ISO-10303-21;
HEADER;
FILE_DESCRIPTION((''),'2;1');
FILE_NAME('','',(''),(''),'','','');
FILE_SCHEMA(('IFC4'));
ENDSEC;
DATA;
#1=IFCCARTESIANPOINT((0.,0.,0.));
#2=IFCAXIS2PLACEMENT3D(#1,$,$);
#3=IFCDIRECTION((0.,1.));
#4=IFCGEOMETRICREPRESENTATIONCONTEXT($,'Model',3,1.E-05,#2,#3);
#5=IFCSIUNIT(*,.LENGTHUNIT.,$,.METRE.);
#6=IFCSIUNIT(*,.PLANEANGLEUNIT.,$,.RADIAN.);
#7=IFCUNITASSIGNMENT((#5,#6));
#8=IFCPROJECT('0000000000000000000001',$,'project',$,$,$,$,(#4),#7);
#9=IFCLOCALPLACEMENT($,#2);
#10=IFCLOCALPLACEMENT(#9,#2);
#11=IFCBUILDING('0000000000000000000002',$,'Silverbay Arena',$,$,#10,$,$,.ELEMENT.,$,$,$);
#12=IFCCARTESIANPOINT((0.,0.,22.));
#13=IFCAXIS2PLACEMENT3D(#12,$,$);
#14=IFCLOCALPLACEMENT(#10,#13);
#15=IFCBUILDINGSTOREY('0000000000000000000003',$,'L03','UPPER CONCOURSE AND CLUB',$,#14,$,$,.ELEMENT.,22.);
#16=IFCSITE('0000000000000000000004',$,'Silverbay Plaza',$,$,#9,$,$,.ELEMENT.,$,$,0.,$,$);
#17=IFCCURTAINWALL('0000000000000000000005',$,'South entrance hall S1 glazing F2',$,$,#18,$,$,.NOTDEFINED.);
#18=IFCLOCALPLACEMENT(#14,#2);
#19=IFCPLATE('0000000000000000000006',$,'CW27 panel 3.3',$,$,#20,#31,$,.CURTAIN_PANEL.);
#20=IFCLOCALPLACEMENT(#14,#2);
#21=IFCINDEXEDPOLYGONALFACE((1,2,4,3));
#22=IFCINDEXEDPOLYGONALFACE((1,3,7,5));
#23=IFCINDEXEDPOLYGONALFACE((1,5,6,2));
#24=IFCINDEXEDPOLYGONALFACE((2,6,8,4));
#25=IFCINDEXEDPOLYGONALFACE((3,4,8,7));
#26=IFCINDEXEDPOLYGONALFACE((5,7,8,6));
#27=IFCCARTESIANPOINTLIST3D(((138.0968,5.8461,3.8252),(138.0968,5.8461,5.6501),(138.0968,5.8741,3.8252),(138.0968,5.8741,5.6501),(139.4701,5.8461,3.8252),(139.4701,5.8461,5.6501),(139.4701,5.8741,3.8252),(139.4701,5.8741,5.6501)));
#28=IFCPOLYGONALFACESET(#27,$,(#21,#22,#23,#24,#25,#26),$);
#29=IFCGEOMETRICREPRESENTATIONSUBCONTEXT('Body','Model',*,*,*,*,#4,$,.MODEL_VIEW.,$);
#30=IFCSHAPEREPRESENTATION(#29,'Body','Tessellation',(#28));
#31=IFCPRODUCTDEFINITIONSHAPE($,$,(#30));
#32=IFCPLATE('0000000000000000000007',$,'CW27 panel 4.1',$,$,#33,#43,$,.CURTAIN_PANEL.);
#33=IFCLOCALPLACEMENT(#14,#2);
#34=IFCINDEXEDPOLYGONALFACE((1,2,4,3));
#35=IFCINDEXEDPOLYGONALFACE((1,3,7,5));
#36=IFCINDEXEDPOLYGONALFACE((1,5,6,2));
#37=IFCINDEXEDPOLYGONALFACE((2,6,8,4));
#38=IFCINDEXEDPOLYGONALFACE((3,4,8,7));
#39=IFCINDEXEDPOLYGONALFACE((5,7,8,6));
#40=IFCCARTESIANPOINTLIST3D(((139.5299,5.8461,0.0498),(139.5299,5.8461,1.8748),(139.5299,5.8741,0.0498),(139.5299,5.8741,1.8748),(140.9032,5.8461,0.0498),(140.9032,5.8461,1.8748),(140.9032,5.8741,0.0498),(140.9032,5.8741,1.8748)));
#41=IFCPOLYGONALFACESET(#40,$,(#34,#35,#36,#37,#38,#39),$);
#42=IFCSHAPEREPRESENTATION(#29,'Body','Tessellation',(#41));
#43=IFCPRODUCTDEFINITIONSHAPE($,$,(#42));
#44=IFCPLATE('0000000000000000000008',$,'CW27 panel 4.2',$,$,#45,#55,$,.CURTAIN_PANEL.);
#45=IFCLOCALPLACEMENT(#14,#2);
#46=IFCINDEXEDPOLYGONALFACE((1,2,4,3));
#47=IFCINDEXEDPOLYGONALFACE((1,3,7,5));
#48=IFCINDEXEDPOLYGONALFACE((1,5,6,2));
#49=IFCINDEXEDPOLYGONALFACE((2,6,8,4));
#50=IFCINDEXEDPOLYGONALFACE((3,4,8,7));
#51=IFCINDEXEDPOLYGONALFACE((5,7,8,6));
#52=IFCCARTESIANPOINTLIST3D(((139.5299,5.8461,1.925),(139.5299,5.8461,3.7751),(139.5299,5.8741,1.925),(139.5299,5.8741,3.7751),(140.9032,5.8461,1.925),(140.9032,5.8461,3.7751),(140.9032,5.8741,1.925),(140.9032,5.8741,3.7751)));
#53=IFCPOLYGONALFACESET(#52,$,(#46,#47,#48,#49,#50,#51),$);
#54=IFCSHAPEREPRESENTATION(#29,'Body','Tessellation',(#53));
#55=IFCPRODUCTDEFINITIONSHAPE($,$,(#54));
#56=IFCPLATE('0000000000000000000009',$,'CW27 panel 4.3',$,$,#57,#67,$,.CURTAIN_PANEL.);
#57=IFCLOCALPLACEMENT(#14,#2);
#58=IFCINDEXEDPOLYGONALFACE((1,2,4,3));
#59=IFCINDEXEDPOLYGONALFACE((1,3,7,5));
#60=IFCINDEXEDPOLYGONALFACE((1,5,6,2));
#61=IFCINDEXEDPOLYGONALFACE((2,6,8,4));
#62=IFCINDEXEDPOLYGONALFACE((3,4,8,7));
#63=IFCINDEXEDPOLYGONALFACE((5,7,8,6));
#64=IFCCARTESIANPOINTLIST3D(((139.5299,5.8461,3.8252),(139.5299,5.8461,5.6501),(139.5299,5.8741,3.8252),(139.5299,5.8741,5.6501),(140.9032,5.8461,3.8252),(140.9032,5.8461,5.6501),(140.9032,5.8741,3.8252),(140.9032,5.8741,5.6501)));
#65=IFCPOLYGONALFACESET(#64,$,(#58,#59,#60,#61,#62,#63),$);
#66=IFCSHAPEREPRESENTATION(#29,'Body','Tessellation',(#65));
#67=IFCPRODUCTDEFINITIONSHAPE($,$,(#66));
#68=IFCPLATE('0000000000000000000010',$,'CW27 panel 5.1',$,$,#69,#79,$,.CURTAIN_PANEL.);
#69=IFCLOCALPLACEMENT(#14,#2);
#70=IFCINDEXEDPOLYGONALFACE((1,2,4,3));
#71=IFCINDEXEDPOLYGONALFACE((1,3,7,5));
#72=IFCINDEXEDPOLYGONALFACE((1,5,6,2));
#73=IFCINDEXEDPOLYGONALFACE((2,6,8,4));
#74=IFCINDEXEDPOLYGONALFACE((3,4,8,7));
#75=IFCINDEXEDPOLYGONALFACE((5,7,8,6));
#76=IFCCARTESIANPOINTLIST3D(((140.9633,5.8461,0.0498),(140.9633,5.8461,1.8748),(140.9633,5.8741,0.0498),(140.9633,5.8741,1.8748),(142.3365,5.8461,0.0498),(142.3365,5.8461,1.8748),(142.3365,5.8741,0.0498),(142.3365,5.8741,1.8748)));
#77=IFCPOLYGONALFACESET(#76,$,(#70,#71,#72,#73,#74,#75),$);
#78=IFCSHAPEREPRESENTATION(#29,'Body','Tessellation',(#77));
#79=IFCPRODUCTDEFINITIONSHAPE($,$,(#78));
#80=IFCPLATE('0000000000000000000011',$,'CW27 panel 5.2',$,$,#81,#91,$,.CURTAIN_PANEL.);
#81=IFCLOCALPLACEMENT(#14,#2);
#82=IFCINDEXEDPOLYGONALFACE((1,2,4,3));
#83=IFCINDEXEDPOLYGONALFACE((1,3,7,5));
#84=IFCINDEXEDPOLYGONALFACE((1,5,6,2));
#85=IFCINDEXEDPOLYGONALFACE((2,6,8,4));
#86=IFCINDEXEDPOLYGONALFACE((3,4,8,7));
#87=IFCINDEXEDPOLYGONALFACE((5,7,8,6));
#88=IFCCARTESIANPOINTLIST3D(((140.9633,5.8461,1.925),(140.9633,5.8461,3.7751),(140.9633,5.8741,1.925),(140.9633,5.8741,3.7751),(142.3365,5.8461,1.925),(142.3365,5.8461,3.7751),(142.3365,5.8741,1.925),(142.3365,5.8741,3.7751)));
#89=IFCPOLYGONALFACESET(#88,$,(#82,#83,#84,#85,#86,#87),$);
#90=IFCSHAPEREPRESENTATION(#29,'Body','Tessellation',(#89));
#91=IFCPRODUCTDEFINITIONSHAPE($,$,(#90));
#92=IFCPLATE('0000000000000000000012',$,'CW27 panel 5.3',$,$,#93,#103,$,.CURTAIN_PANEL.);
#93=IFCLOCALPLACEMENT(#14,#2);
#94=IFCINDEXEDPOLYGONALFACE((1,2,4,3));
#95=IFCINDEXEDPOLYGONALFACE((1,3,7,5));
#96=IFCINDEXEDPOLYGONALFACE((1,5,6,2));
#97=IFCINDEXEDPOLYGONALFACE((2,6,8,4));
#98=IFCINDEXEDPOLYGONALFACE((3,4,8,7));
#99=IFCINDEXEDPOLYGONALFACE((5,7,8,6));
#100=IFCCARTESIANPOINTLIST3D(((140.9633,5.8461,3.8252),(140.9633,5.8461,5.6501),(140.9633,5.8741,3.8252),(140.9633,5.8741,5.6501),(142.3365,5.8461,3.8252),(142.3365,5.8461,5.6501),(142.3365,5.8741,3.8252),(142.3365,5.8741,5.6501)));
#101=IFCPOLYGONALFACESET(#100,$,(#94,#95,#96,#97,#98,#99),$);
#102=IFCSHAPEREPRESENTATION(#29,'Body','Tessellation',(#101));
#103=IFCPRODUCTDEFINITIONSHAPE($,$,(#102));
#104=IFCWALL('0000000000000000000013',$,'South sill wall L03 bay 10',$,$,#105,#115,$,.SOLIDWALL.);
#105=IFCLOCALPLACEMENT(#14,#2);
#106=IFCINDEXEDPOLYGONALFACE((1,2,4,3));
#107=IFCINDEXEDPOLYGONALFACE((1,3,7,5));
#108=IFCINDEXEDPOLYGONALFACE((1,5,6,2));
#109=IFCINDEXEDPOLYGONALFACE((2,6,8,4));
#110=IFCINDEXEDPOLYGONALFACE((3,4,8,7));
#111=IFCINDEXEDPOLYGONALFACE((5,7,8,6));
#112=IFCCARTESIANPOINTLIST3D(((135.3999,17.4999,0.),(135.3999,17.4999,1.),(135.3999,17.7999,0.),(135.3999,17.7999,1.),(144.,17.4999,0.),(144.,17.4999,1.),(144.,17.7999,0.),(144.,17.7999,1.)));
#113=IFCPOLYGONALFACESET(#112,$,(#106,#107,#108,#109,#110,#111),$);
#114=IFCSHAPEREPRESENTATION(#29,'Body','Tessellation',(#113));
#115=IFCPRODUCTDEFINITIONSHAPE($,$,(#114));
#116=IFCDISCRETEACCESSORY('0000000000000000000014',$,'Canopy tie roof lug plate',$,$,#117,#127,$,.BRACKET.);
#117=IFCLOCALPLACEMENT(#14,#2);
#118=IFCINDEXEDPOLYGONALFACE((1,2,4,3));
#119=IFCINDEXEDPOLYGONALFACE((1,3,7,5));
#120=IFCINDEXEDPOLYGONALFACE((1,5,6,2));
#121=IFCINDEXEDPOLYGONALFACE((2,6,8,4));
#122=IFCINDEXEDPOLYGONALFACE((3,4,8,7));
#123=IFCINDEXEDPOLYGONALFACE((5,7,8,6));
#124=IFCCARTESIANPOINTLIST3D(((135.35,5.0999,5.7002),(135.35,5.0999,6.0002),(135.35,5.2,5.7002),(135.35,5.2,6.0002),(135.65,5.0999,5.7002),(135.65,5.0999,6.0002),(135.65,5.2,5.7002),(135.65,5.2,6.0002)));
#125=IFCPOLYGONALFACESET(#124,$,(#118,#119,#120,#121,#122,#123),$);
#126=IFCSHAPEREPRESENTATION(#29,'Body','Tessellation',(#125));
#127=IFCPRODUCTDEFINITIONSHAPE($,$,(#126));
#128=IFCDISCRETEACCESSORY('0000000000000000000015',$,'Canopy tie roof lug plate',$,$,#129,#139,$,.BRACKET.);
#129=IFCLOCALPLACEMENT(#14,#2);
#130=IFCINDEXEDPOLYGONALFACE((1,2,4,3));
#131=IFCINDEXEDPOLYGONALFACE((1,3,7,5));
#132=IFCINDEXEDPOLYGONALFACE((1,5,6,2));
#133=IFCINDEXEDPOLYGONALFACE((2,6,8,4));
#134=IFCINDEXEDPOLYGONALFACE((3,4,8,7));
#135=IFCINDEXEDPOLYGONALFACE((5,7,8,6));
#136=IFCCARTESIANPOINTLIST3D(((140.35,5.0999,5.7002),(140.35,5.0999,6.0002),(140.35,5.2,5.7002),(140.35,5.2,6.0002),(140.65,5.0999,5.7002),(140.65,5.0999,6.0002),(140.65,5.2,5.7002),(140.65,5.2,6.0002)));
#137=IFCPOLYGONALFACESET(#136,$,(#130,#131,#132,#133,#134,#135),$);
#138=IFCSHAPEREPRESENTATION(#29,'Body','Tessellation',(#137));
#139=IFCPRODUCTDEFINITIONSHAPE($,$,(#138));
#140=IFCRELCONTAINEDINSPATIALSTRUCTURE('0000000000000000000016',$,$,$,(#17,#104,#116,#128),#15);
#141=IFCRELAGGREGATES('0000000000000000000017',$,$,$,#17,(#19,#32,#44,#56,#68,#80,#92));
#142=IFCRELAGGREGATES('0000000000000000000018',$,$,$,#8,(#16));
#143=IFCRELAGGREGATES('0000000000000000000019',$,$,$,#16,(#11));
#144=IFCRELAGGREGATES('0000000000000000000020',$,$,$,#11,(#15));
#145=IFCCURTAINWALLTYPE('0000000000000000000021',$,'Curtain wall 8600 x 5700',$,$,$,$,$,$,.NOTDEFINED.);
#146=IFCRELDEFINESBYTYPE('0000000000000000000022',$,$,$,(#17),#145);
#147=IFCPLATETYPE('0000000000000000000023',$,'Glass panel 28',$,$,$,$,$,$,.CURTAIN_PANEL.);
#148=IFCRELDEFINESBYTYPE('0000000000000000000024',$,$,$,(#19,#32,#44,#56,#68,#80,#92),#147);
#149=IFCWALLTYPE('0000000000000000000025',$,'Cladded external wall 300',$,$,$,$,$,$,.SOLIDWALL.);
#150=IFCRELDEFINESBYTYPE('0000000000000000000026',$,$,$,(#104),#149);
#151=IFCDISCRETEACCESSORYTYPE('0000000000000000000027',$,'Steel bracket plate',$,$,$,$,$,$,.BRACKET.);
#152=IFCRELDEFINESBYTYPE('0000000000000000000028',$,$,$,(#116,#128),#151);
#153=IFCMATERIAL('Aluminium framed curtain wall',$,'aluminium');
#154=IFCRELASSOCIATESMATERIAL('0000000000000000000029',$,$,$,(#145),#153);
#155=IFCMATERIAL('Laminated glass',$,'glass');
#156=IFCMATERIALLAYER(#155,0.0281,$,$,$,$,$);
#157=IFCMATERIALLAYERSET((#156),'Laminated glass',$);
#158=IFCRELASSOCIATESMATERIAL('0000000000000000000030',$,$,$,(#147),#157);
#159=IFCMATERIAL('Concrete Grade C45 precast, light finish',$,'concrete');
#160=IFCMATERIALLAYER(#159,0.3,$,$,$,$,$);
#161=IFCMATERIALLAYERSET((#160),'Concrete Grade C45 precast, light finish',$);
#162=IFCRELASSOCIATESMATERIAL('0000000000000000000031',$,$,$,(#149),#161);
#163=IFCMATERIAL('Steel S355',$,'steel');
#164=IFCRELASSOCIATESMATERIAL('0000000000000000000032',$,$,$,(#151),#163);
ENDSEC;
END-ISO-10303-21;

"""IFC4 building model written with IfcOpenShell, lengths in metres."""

from ifc_helpers import new_model, si_unit, direction, frame, frame_2d, origin, origin_2d, place, context, subcontext, project, spatial, rectangle, extrude, material, layer, layer_set, type_object, element, aggregate, save


model = new_model("IFC4")

# Units and contexts
model_context = context("Model", 3, precision=1e-05, world=origin(), true_north=direction((0.0, 1.0)))
body_context = subcontext(model_context, "Body", "Model", "MODEL_VIEW")
ifc_project = project(units=[si_unit("LENGTHUNIT", "METRE"), si_unit("PLANEANGLEUNIT", "RADIAN")], contexts=[model_context])

# Site, building, storey
site_placement = place(None, origin())
site = spatial("IfcSite", under=ifc_project, at=site_placement, Name="Silverbay Plaza", CompositionType="ELEMENT", RefElevation=0.0)
building_placement = place(site_placement, origin())
building = spatial("IfcBuilding", under=site, at=building_placement, Name="Silverbay Arena", CompositionType="ELEMENT")
storey_placement = place(building_placement, frame((0.0, 0.0, 22.0)))
storey = spatial("IfcBuildingStorey", under=building, at=storey_placement, Name="L03", Description="UPPER CONCOURSE AND CLUB", CompositionType="ELEMENT", Elevation=22.0)

# Curtain wall
ifc_material_1 = material(Name="Aluminium framed curtain wall", Category="aluminium")
curtain_wall_type = type_object("IfcCurtainWallType", Name="Curtain wall 8600 x 5700", PredefinedType="NOTDEFINED", material=ifc_material_1)
curtain_wall_placement = place(storey_placement, origin())
curtain_wall = element("IfcCurtainWall", 1, at=curtain_wall_placement, inside=storey, type_object=curtain_wall_type, Name="South entrance hall S1 glazing F2", PredefinedType="NOTDEFINED")

# Plates
ifc_material_2 = material(Name="Laminated glass", Category="glass")
ifc_layer_1 = layer(ifc_material_2, 0.0281)
ifc_layer_set_1 = layer_set([ifc_layer_1], Name="Laminated glass")
plate_type = type_object("IfcPlateType", Name="Glass panel 28", PredefinedType="CURTAIN_PANEL", material=ifc_layer_set_1)
plate_1_placement = place(storey_placement, frame((138.7834, 5.8601, 3.8252), z_axis=(0.0, 0.0, 1.0), x_axis=(1.0, 0.0, 0.0)))
plate_1 = element("IfcPlate", 2, at=plate_1_placement, type_object=plate_type, Name="CW27 panel 3.3", PredefinedType="CURTAIN_PANEL", context=body_context, shape_type="SweptSolid", body=[
    extrude(rectangle(XDim=1.3733, YDim=0.0281, at=origin_2d()), origin(), (0.0, 0.0, 1.0), 1.825),
])
plate_2_placement = place(storey_placement, frame((140.2166, 5.8601, 0.0498), z_axis=(0.0, 0.0, 1.0), x_axis=(1.0, 0.0, 0.0)))
plate_2 = element("IfcPlate", 3, at=plate_2_placement, type_object=plate_type, Name="CW27 panel 4.1", PredefinedType="CURTAIN_PANEL", context=body_context, shape_type="SweptSolid", body=[
    extrude(rectangle(XDim=1.3733, YDim=0.0281, at=origin_2d()), origin(), (0.0, 0.0, 1.0), 1.825),
])
plate_3_placement = place(storey_placement, frame((140.2166, 5.8601, 1.925), z_axis=(0.0, 0.0, 1.0), x_axis=(1.0, 0.0, 0.0)))
plate_3 = element("IfcPlate", 4, at=plate_3_placement, type_object=plate_type, Name="CW27 panel 4.2", PredefinedType="CURTAIN_PANEL", context=body_context, shape_type="SweptSolid", body=[
    extrude(rectangle(XDim=1.3733, YDim=0.0281, at=origin_2d()), origin(), (0.0, 0.0, 1.0), 1.8501),
])
plate_4_placement = place(storey_placement, frame((140.2166, 5.8601, 3.8252), z_axis=(0.0, 0.0, 1.0), x_axis=(1.0, 0.0, 0.0)))
plate_4 = element("IfcPlate", 5, at=plate_4_placement, type_object=plate_type, Name="CW27 panel 4.3", PredefinedType="CURTAIN_PANEL", context=body_context, shape_type="SweptSolid", body=[
    extrude(rectangle(XDim=1.3733, YDim=0.0281, at=origin_2d()), origin(), (0.0, 0.0, 1.0), 1.825),
])
plate_5_placement = place(storey_placement, frame((141.6499, 5.8601, 0.0498), z_axis=(0.0, 0.0, 1.0), x_axis=(1.0, 0.0, 0.0)))
plate_5 = element("IfcPlate", 6, at=plate_5_placement, type_object=plate_type, Name="CW27 panel 5.1", PredefinedType="CURTAIN_PANEL", context=body_context, shape_type="SweptSolid", body=[
    extrude(rectangle(XDim=1.3733, YDim=0.0281, at=origin_2d()), origin(), (0.0, 0.0, 1.0), 1.825),
])
plate_6_placement = place(storey_placement, frame((141.6499, 5.8601, 1.925), z_axis=(0.0, 0.0, 1.0), x_axis=(1.0, 0.0, 0.0)))
plate_6 = element("IfcPlate", 7, at=plate_6_placement, type_object=plate_type, Name="CW27 panel 5.2", PredefinedType="CURTAIN_PANEL", context=body_context, shape_type="SweptSolid", body=[
    extrude(rectangle(XDim=1.3733, YDim=0.0281, at=origin_2d()), origin(), (0.0, 0.0, 1.0), 1.8501),
])
plate_7_placement = place(storey_placement, frame((141.6499, 5.8601, 3.8252), z_axis=(0.0, 0.0, 1.0), x_axis=(1.0, 0.0, 0.0)))
plate_7 = element("IfcPlate", 8, at=plate_7_placement, type_object=plate_type, Name="CW27 panel 5.3", PredefinedType="CURTAIN_PANEL", context=body_context, shape_type="SweptSolid", body=[
    extrude(rectangle(XDim=1.3733, YDim=0.0281, at=origin_2d()), origin(), (0.0, 0.0, 1.0), 1.825),
])
aggregate(curtain_wall, [plate_1, plate_2, plate_3, plate_4, plate_5, plate_6, plate_7])

# Wall
ifc_material_3 = material(Name="Concrete Grade C45 precast, light finish", Category="concrete")
ifc_layer_2 = layer(ifc_material_3, 0.3)
ifc_layer_set_2 = layer_set([ifc_layer_2], Name="Concrete Grade C45 precast, light finish")
wall_type = type_object("IfcWallType", Name="Cladded external wall 300", PredefinedType="SOLIDWALL", material=ifc_layer_set_2)
wall_placement = place(storey_placement, frame((135.3999, 17.6499, 0.0), z_axis=(0.0, 0.0, 1.0), x_axis=(1.0, 0.0, 0.0)))
element("IfcWall", 9, at=wall_placement, inside=storey, type_object=wall_type, Name="South sill wall L03 bay 10", PredefinedType="SOLIDWALL", context=body_context, shape_type="SweptSolid", body=[
    extrude(rectangle(XDim=8.6001, YDim=0.3, at=frame_2d((4.3, 0.0))), origin(), (0.0, 0.0, 1.0), 1.0),
])

# Discrete accessories
ifc_material_4 = material(Name="Steel S355", Category="steel")
discrete_accessory_type = type_object("IfcDiscreteAccessoryType", Name="Steel bracket plate", PredefinedType="BRACKET", material=ifc_material_4)
for number, where, z_axis, x_axis, name in (
    (10, (135.5, 5.1499, 5.7002), (0.0, 0.0, 1.0), (1.0, 0.0, 0.0), "Canopy tie roof lug plate"),
    (11, (140.5, 5.1499, 5.7002), (0.0, 0.0, 1.0), (1.0, 0.0, 0.0), "Canopy tie roof lug plate"),
):
    element("IfcDiscreteAccessory", number, at=place(storey_placement, frame(where, z_axis=z_axis, x_axis=x_axis)), inside=storey, type_object=discrete_accessory_type, Name=name, PredefinedType="BRACKET", context=body_context, shape_type="SweptSolid", body=[
        extrude(rectangle(XDim=0.3, YDim=0.1001, at=origin_2d()), origin(), (0.0, 0.0, 1.0), 0.3),
    ])

save(model, "model.ifc")
